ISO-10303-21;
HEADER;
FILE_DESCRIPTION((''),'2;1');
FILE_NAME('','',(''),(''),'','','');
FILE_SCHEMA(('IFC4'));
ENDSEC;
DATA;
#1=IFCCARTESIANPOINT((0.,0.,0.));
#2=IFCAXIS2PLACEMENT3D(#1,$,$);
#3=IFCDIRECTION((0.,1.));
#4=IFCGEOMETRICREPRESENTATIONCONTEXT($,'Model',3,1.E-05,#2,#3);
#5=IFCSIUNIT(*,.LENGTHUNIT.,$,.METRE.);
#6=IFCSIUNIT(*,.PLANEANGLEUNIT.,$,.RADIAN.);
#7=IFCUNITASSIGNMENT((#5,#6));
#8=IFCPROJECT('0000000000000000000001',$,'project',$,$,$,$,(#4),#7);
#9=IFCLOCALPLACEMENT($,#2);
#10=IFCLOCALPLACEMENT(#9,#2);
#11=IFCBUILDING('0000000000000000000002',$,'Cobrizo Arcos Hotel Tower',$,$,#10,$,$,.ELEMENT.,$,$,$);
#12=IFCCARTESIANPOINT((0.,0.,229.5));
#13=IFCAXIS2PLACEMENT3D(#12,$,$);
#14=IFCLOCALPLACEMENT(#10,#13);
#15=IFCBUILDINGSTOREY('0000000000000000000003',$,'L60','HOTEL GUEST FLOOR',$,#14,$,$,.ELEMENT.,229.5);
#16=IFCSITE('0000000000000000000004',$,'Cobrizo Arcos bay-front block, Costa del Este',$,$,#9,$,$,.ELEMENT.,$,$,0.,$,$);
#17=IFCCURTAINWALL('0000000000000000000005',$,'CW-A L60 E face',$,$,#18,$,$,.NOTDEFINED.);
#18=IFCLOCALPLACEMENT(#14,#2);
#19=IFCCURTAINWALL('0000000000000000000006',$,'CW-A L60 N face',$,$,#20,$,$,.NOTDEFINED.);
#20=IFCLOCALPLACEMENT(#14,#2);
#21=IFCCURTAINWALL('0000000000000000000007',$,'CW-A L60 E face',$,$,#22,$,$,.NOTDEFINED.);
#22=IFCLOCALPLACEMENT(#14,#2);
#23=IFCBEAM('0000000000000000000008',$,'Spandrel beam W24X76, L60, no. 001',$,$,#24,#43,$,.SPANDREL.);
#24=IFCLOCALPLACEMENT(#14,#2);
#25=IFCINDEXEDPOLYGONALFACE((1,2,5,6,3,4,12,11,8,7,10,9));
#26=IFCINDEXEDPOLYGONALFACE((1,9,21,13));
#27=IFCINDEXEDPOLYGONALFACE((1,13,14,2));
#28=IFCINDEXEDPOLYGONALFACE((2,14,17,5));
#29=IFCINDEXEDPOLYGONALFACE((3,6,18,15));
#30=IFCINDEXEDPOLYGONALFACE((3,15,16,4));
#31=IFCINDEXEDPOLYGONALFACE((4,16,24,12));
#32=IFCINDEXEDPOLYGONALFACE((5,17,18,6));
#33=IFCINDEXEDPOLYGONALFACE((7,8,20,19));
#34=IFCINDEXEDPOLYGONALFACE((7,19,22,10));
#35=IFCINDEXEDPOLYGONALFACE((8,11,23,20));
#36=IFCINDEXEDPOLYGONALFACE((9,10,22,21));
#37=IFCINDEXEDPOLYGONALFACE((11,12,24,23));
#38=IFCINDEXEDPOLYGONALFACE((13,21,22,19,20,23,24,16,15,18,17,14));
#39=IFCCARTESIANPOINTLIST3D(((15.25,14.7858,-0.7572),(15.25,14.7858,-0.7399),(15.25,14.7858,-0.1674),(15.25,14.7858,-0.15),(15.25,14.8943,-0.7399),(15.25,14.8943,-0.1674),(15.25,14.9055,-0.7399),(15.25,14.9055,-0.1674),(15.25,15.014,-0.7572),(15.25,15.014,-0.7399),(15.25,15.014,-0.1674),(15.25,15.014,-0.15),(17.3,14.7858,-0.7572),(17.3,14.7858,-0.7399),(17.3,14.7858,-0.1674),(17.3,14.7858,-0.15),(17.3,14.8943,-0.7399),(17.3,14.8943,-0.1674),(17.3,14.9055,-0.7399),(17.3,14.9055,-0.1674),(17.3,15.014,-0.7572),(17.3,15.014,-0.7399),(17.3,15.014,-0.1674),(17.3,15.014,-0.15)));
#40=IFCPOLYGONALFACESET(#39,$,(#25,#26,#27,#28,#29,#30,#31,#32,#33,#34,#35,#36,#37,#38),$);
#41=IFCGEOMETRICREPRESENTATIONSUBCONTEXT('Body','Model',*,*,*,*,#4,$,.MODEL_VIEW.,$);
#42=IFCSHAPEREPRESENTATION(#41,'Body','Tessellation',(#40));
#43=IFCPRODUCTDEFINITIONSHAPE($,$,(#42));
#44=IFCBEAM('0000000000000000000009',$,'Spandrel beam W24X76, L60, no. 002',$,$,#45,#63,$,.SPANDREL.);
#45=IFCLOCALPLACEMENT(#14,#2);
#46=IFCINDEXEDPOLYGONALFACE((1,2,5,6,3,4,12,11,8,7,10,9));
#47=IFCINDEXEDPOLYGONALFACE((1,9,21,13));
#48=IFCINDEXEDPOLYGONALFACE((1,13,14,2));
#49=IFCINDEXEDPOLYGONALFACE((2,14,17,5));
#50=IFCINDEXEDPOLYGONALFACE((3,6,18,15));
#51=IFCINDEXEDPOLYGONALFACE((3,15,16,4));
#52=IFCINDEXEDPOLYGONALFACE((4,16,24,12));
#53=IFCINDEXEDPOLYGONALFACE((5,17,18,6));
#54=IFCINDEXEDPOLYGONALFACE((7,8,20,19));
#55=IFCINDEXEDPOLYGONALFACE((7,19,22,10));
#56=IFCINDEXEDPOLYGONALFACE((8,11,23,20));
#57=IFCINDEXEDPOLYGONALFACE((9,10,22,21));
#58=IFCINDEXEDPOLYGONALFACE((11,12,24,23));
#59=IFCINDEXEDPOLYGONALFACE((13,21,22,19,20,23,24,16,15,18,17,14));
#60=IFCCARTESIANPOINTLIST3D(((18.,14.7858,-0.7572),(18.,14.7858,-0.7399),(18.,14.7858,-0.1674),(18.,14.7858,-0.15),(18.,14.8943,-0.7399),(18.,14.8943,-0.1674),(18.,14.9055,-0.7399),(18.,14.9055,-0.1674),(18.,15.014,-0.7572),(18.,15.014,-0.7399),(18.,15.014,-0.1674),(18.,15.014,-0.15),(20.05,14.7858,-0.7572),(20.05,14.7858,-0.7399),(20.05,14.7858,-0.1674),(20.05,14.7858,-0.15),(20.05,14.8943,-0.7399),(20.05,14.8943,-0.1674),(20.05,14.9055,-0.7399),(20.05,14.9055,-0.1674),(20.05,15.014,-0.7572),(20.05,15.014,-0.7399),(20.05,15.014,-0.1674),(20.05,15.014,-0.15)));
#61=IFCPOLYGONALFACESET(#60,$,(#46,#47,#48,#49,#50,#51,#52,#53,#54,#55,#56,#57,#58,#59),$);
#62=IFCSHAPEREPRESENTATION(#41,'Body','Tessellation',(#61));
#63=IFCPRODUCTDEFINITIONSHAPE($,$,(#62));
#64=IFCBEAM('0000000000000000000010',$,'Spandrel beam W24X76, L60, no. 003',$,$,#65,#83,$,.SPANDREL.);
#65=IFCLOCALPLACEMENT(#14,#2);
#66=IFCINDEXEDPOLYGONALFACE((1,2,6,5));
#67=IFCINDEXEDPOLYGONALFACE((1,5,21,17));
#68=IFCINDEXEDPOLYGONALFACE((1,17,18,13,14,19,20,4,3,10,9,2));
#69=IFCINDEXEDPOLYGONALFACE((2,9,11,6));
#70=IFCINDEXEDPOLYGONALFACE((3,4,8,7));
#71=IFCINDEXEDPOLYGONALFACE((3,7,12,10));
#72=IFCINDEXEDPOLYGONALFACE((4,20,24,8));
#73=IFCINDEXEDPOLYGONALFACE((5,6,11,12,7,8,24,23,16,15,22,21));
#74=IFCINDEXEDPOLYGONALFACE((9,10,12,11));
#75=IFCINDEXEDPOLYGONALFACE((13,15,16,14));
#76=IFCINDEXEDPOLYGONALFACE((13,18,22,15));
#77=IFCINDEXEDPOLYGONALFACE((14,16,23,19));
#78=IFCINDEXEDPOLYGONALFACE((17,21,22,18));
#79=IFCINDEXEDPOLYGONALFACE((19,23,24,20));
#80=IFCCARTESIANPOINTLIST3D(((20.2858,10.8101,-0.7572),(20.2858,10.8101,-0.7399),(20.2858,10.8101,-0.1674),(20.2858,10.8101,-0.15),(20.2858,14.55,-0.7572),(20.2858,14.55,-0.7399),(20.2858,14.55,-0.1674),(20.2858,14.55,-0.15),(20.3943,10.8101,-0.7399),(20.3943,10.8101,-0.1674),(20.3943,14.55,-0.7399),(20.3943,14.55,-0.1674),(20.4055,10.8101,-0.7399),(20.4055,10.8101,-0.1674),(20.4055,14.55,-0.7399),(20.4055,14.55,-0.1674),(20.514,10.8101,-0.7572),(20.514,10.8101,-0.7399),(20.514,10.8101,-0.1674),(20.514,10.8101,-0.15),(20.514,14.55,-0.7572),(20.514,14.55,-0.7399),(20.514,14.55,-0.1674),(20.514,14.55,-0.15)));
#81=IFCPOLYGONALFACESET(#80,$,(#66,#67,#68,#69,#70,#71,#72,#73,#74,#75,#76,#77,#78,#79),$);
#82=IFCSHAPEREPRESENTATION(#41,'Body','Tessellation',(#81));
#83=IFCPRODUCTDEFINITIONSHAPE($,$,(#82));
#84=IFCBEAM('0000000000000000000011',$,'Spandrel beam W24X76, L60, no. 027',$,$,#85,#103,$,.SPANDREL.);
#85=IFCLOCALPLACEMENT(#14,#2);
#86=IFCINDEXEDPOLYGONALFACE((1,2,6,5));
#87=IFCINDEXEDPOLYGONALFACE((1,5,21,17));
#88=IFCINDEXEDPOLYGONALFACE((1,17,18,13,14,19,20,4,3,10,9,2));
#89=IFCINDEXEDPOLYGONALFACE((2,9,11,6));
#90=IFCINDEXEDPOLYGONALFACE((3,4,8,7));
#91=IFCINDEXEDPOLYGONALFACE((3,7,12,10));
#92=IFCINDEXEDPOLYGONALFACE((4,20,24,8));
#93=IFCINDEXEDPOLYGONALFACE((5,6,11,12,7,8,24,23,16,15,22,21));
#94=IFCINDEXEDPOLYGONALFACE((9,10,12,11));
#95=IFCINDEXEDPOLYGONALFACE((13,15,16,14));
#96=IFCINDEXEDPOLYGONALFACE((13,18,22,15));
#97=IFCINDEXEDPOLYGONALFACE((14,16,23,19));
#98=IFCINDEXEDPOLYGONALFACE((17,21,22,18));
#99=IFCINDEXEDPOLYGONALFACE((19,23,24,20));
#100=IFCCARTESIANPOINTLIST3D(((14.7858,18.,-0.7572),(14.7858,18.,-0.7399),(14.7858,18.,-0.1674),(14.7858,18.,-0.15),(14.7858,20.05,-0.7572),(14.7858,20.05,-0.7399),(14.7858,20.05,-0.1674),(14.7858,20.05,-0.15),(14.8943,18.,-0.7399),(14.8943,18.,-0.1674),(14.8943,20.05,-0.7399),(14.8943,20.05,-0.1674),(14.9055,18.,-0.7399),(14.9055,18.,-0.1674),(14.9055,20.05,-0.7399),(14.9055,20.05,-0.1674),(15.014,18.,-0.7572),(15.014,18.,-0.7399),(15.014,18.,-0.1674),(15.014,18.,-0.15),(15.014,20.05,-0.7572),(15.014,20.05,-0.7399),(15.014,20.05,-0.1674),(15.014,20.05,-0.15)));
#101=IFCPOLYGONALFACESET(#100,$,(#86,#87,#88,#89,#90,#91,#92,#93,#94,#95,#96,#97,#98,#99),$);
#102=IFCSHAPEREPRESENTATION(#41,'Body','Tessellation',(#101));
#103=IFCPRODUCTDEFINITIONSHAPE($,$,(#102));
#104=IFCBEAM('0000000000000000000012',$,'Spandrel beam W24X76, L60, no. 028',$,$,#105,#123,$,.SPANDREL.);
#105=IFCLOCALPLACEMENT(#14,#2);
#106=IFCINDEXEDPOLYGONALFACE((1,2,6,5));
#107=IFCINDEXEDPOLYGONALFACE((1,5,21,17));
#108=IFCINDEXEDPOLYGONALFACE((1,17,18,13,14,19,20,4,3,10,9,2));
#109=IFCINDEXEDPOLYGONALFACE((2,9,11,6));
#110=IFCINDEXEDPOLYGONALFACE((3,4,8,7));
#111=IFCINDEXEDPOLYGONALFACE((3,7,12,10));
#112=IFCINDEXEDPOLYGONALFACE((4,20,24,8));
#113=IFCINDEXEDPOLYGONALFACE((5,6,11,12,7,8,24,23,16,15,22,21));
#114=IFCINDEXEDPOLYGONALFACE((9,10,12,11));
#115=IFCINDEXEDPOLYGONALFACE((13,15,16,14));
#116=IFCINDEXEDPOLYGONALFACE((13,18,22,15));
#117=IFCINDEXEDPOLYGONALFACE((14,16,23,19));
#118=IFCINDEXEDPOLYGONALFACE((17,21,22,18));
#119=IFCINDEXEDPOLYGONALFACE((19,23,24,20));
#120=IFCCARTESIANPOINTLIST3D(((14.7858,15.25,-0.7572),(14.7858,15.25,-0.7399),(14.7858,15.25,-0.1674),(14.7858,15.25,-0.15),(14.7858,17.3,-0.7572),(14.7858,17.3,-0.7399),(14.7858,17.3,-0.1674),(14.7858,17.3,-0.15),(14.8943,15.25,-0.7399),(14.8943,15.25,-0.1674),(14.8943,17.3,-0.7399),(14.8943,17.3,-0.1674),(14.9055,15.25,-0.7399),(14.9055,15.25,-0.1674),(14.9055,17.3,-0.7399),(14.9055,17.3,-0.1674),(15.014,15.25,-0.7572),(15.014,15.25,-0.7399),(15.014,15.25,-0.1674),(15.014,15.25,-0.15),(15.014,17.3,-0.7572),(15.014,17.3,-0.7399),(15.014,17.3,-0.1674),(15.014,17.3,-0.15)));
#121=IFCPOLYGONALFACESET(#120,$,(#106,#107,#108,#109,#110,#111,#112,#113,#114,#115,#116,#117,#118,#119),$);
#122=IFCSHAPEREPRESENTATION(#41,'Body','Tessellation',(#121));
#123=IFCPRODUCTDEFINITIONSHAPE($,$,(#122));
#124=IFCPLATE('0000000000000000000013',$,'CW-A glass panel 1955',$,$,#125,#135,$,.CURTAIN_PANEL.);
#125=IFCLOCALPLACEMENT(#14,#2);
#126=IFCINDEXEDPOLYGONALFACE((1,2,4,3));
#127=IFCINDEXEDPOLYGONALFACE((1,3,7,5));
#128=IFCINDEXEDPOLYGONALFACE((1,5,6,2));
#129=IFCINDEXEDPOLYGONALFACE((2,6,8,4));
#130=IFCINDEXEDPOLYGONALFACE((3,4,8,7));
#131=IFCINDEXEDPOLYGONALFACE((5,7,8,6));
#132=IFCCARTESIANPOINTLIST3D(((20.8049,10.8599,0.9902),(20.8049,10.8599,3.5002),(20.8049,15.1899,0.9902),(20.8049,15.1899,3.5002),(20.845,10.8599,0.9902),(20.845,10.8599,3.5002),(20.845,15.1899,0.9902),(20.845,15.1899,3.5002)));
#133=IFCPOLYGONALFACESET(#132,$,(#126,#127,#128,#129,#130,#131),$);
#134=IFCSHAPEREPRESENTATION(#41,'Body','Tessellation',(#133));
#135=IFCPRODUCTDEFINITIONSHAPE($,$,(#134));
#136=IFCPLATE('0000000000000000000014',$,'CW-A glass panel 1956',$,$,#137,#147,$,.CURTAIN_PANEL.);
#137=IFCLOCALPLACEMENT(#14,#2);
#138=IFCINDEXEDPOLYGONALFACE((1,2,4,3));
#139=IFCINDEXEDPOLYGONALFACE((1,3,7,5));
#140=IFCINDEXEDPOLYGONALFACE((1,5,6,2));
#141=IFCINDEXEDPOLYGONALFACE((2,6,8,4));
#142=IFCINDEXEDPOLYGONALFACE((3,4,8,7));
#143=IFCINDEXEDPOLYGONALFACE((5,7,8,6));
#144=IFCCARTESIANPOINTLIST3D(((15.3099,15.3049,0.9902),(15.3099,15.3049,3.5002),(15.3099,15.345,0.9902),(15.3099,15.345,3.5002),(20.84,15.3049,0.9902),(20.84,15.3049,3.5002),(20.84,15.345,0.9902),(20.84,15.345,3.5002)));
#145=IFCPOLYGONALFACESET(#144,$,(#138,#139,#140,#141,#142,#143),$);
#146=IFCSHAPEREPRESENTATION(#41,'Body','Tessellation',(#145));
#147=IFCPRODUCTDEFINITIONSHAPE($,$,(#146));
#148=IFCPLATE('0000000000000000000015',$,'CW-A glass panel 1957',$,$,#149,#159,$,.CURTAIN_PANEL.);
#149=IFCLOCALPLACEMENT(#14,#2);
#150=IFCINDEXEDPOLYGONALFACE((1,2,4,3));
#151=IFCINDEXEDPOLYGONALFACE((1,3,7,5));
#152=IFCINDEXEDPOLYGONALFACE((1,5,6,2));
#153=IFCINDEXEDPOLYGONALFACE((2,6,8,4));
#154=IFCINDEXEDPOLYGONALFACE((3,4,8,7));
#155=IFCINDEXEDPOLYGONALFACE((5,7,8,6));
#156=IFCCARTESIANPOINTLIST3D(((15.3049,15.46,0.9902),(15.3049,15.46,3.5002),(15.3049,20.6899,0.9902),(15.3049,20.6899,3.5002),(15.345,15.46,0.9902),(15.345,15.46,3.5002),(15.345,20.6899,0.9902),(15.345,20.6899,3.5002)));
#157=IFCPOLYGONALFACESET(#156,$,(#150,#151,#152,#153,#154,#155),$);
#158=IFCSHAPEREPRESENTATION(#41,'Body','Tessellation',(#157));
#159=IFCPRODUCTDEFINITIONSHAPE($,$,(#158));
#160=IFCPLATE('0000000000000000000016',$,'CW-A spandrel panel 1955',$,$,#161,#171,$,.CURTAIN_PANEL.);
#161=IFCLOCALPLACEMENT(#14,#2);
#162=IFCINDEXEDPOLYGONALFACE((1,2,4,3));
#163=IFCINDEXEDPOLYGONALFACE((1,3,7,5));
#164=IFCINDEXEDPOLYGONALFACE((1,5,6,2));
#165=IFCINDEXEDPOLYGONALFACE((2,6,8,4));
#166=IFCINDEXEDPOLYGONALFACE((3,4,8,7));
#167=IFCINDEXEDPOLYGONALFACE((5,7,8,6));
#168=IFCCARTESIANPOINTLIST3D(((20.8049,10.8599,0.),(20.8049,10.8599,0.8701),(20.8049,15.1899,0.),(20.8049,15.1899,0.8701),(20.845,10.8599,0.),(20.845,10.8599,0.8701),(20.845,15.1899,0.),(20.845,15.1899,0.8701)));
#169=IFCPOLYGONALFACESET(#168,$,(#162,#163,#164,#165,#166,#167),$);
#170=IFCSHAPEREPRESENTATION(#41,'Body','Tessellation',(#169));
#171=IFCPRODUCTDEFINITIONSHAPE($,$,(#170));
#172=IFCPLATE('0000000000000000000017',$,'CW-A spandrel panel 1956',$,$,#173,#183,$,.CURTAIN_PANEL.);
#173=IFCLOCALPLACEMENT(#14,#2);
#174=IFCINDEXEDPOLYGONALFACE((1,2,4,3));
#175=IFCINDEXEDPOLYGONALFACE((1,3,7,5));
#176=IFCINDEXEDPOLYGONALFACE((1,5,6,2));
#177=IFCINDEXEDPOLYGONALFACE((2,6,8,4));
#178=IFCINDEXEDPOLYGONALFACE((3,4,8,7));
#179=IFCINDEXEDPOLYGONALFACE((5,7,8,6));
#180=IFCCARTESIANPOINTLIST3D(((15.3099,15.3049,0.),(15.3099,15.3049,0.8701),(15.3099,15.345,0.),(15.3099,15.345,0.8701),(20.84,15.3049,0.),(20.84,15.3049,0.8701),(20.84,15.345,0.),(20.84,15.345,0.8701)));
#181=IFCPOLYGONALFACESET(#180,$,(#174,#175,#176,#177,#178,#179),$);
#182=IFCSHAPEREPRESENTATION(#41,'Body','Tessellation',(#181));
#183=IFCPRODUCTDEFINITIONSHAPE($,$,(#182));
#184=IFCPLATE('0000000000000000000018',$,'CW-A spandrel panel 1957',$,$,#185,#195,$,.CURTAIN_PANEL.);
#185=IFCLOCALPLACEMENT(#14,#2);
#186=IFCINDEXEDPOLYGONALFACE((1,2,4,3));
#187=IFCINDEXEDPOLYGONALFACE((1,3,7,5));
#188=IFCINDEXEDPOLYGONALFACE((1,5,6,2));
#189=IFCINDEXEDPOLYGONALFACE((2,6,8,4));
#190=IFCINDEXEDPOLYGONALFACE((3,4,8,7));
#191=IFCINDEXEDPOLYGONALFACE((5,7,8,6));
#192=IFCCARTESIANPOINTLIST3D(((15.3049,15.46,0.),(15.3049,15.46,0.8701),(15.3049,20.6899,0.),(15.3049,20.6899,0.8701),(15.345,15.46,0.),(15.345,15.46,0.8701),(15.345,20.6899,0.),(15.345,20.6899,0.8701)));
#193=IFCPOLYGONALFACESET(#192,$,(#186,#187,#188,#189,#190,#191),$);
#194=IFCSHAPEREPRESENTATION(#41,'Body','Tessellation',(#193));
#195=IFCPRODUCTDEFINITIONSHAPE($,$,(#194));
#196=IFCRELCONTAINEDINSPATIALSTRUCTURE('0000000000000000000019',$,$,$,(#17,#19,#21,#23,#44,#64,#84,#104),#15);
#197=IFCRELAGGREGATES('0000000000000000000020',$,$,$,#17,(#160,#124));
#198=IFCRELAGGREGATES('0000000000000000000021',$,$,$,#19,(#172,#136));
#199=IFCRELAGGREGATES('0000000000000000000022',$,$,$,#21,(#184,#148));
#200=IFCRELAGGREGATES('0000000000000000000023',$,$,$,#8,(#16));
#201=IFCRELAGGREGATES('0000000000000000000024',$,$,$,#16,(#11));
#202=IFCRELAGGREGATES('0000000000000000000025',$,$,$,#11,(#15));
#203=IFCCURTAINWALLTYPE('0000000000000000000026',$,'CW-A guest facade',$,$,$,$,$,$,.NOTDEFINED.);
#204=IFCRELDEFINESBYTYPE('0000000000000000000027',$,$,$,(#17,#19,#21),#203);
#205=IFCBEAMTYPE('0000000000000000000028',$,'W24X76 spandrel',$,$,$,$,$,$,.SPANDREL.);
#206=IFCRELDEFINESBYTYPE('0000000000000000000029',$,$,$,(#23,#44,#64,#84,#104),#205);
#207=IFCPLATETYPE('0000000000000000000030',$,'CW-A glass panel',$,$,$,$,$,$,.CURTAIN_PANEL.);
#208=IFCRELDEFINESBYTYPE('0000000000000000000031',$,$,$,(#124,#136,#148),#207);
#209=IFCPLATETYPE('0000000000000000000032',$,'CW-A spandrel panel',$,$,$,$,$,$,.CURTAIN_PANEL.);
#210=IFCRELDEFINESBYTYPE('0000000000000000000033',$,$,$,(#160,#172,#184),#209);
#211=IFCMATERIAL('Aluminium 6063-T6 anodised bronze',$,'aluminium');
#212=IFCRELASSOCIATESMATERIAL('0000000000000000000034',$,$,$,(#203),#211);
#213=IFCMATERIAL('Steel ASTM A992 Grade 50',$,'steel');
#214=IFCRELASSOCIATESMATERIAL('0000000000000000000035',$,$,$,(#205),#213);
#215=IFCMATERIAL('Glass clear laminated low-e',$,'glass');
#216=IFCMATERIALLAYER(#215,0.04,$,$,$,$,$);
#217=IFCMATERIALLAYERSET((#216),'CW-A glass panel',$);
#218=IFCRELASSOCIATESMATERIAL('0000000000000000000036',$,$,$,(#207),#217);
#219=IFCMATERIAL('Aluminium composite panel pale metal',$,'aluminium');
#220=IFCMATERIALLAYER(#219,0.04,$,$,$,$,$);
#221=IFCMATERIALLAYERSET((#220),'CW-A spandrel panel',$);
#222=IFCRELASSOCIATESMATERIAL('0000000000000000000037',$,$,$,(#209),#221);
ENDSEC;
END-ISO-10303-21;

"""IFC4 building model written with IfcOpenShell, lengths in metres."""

from ifc_helpers import new_model, si_unit, direction, frame, origin, origin_2d, place, context, subcontext, project, spatial, rectangle, i_section, extrude, material, layer, layer_set, material_profile, profile_set, type_object, element, aggregate, save


model = new_model("IFC4")

# Units and contexts
model_context = context("Model", 3, precision=1e-05, world=origin(), true_north=direction((0.0, 1.0)))
body_context = subcontext(model_context, "Body", "Model", "MODEL_VIEW")
ifc_project = project(units=[si_unit("LENGTHUNIT", "METRE"), si_unit("PLANEANGLEUNIT", "RADIAN")], contexts=[model_context])

# Site, building, storey
site_placement = place(None, origin())
site = spatial("IfcSite", under=ifc_project, at=site_placement, Name="Cobrizo Arcos bay-front block, Costa del Este", CompositionType="ELEMENT", RefElevation=0.0)
building_placement = place(site_placement, origin())
building = spatial("IfcBuilding", under=site, at=building_placement, Name="Cobrizo Arcos Hotel Tower", CompositionType="ELEMENT")
storey_placement = place(building_placement, frame((0.0, 0.0, 229.5)))
storey = spatial("IfcBuildingStorey", under=building, at=storey_placement, Name="L60", Description="HOTEL GUEST FLOOR", CompositionType="ELEMENT", Elevation=229.5)

# Curtain wall
ifc_material_1 = material(Name="Aluminium 6063-T6 anodised bronze", Category="aluminium")
curtain_wall_type = type_object("IfcCurtainWallType", Name="CW-A guest facade", PredefinedType="NOTDEFINED", material=ifc_material_1)
curtain_wall_1_placement = place(storey_placement, origin())
curtain_wall_1 = element("IfcCurtainWall", 1, at=curtain_wall_1_placement, inside=storey, type_object=curtain_wall_type, Name="CW-A L60 E face", PredefinedType="NOTDEFINED")

# Curtain walls
curtain_wall_2_placement = place(storey_placement, origin())
curtain_wall_2 = element("IfcCurtainWall", 2, at=curtain_wall_2_placement, inside=storey, type_object=curtain_wall_type, Name="CW-A L60 N face", PredefinedType="NOTDEFINED")
curtain_wall_3_placement = place(storey_placement, origin())
curtain_wall_3 = element("IfcCurtainWall", 3, at=curtain_wall_3_placement, inside=storey, type_object=curtain_wall_type, Name="CW-A L60 E face", PredefinedType="NOTDEFINED")

# Beams
ifc_material_2 = material(Name="Steel ASTM A992 Grade 50", Category="steel")
ifc_material_profile_1 = material_profile(ifc_material_2, i_section(OverallWidth=0.2283, OverallDepth=0.6072, WebThickness=0.0112, FlangeThickness=0.0173, at=origin_2d()), Name="W24X76")
ifc_profile_set_1 = profile_set([ifc_material_profile_1], Name="Steel ASTM A992 Grade 50")
beam_type = type_object("IfcBeamType", Name="W24X76 spandrel", PredefinedType="SPANDREL", material=ifc_profile_set_1)
for number, where, z_axis, x_axis, name in (
    (4, (15.25, 14.8999, -0.4536), (1.0, 0.0, 0.0), (0.0, 1.0, 0.0), "Spandrel beam W24X76, L60, no. 001"),
    (5, (18.0, 14.8999, -0.4536), (1.0, 0.0, 0.0), (0.0, 1.0, 0.0), "Spandrel beam W24X76, L60, no. 002"),
):
    element("IfcBeam", number, at=place(storey_placement, frame(where, z_axis=z_axis, x_axis=x_axis)), inside=storey, type_object=beam_type, Name=name, PredefinedType="SPANDREL", context=body_context, shape_type="SweptSolid", body=[
        extrude(i_section(OverallWidth=0.2283, OverallDepth=0.6072, WebThickness=0.0112, FlangeThickness=0.0173, at=origin_2d()), origin(), (0.0, 0.0, 1.0), 2.05),
    ])
beam_placement = place(storey_placement, frame((20.3999, 14.55, -0.4536), z_axis=(0.0, -1.0, 0.0), x_axis=(1.0, 0.0, 0.0)))
element("IfcBeam", 6, at=beam_placement, inside=storey, type_object=beam_type, Name="Spandrel beam W24X76, L60, no. 003", PredefinedType="SPANDREL", context=body_context, shape_type="SweptSolid", body=[
    extrude(i_section(OverallWidth=0.2283, OverallDepth=0.6072, WebThickness=0.0112, FlangeThickness=0.0173, at=origin_2d()), origin(), (0.0, 0.0, 1.0), 3.74),
])
for number, where, z_axis, x_axis, name in (
    (7, (14.8999, 20.05, -0.4536), (0.0, -1.0, 0.0), (1.0, 0.0, 0.0), "Spandrel beam W24X76, L60, no. 027"),
    (8, (14.8999, 17.3, -0.4536), (0.0, -1.0, 0.0), (1.0, 0.0, 0.0), "Spandrel beam W24X76, L60, no. 028"),
):
    element("IfcBeam", number, at=place(storey_placement, frame(where, z_axis=z_axis, x_axis=x_axis)), inside=storey, type_object=beam_type, Name=name, PredefinedType="SPANDREL", context=body_context, shape_type="SweptSolid", body=[
        extrude(i_section(OverallWidth=0.2283, OverallDepth=0.6072, WebThickness=0.0112, FlangeThickness=0.0173, at=origin_2d()), origin(), (0.0, 0.0, 1.0), 2.05),
    ])

# Plates
ifc_material_3 = material(Name="Glass clear laminated low-e", Category="glass")
ifc_layer_1 = layer(ifc_material_3, 0.04)
ifc_layer_set_1 = layer_set([ifc_layer_1], Name="CW-A glass panel")
plate_type_1 = type_object("IfcPlateType", Name="CW-A glass panel", PredefinedType="CURTAIN_PANEL", material=ifc_layer_set_1)
plate_1_placement = place(storey_placement, frame((20.825, 13.0249, 0.9902), z_axis=(0.0, 0.0, 1.0), x_axis=(0.0, 1.0, 0.0)))
plate_1 = element("IfcPlate", 9, at=plate_1_placement, type_object=plate_type_1, Name="CW-A glass panel 1955", PredefinedType="CURTAIN_PANEL", context=body_context, shape_type="SweptSolid", body=[
    extrude(rectangle(XDim=4.3301, YDim=0.04, at=origin_2d()), origin(), (0.0, 0.0, 1.0), 2.51),
])
plate_2_placement = place(storey_placement, frame((18.075, 15.325, 0.9902), z_axis=(0.0, 0.0, 1.0), x_axis=(-1.0, 0.0, 0.0)))
plate_2 = element("IfcPlate", 10, at=plate_2_placement, type_object=plate_type_1, Name="CW-A glass panel 1956", PredefinedType="CURTAIN_PANEL", context=body_context, shape_type="SweptSolid", body=[
    extrude(rectangle(XDim=5.53, YDim=0.04, at=origin_2d()), origin(), (0.0, 0.0, 1.0), 2.51),
])
plate_3_placement = place(storey_placement, frame((15.325, 18.075, 0.9902), z_axis=(0.0, 0.0, 1.0), x_axis=(0.0, 1.0, 0.0)))
plate_3 = element("IfcPlate", 11, at=plate_3_placement, type_object=plate_type_1, Name="CW-A glass panel 1957", PredefinedType="CURTAIN_PANEL", context=body_context, shape_type="SweptSolid", body=[
    extrude(rectangle(XDim=5.23, YDim=0.04, at=origin_2d()), origin(), (0.0, 0.0, 1.0), 2.51),
])
ifc_material_4 = material(Name="Aluminium composite panel pale metal", Category="aluminium")
ifc_layer_2 = layer(ifc_material_4, 0.04)
ifc_layer_set_2 = layer_set([ifc_layer_2], Name="CW-A spandrel panel")
plate_type_2 = type_object("IfcPlateType", Name="CW-A spandrel panel", PredefinedType="CURTAIN_PANEL", material=ifc_layer_set_2)
plate_4_placement = place(storey_placement, frame((20.825, 13.0249, 0.0), z_axis=(0.0, 0.0, 1.0), x_axis=(0.0, 1.0, 0.0)))
plate_4 = element("IfcPlate", 12, at=plate_4_placement, type_object=plate_type_2, Name="CW-A spandrel panel 1955", PredefinedType="CURTAIN_PANEL", context=body_context, shape_type="SweptSolid", body=[
    extrude(rectangle(XDim=4.3301, YDim=0.04, at=origin_2d()), origin(), (0.0, 0.0, 1.0), 0.8701),
])
aggregate(curtain_wall_1, [plate_4, plate_1])
plate_5_placement = place(storey_placement, frame((18.075, 15.325, 0.0), z_axis=(0.0, 0.0, 1.0), x_axis=(-1.0, 0.0, 0.0)))
plate_5 = element("IfcPlate", 13, at=plate_5_placement, type_object=plate_type_2, Name="CW-A spandrel panel 1956", PredefinedType="CURTAIN_PANEL", context=body_context, shape_type="SweptSolid", body=[
    extrude(rectangle(XDim=5.53, YDim=0.04, at=origin_2d()), origin(), (0.0, 0.0, 1.0), 0.8701),
])
aggregate(curtain_wall_2, [plate_5, plate_2])
plate_6_placement = place(storey_placement, frame((15.325, 18.075, 0.0), z_axis=(0.0, 0.0, 1.0), x_axis=(0.0, 1.0, 0.0)))
plate_6 = element("IfcPlate", 14, at=plate_6_placement, type_object=plate_type_2, Name="CW-A spandrel panel 1957", PredefinedType="CURTAIN_PANEL", context=body_context, shape_type="SweptSolid", body=[
    extrude(rectangle(XDim=5.23, YDim=0.04, at=origin_2d()), origin(), (0.0, 0.0, 1.0), 0.8701),
])
aggregate(curtain_wall_3, [plate_6, plate_3])

save(model, "model.ifc")
